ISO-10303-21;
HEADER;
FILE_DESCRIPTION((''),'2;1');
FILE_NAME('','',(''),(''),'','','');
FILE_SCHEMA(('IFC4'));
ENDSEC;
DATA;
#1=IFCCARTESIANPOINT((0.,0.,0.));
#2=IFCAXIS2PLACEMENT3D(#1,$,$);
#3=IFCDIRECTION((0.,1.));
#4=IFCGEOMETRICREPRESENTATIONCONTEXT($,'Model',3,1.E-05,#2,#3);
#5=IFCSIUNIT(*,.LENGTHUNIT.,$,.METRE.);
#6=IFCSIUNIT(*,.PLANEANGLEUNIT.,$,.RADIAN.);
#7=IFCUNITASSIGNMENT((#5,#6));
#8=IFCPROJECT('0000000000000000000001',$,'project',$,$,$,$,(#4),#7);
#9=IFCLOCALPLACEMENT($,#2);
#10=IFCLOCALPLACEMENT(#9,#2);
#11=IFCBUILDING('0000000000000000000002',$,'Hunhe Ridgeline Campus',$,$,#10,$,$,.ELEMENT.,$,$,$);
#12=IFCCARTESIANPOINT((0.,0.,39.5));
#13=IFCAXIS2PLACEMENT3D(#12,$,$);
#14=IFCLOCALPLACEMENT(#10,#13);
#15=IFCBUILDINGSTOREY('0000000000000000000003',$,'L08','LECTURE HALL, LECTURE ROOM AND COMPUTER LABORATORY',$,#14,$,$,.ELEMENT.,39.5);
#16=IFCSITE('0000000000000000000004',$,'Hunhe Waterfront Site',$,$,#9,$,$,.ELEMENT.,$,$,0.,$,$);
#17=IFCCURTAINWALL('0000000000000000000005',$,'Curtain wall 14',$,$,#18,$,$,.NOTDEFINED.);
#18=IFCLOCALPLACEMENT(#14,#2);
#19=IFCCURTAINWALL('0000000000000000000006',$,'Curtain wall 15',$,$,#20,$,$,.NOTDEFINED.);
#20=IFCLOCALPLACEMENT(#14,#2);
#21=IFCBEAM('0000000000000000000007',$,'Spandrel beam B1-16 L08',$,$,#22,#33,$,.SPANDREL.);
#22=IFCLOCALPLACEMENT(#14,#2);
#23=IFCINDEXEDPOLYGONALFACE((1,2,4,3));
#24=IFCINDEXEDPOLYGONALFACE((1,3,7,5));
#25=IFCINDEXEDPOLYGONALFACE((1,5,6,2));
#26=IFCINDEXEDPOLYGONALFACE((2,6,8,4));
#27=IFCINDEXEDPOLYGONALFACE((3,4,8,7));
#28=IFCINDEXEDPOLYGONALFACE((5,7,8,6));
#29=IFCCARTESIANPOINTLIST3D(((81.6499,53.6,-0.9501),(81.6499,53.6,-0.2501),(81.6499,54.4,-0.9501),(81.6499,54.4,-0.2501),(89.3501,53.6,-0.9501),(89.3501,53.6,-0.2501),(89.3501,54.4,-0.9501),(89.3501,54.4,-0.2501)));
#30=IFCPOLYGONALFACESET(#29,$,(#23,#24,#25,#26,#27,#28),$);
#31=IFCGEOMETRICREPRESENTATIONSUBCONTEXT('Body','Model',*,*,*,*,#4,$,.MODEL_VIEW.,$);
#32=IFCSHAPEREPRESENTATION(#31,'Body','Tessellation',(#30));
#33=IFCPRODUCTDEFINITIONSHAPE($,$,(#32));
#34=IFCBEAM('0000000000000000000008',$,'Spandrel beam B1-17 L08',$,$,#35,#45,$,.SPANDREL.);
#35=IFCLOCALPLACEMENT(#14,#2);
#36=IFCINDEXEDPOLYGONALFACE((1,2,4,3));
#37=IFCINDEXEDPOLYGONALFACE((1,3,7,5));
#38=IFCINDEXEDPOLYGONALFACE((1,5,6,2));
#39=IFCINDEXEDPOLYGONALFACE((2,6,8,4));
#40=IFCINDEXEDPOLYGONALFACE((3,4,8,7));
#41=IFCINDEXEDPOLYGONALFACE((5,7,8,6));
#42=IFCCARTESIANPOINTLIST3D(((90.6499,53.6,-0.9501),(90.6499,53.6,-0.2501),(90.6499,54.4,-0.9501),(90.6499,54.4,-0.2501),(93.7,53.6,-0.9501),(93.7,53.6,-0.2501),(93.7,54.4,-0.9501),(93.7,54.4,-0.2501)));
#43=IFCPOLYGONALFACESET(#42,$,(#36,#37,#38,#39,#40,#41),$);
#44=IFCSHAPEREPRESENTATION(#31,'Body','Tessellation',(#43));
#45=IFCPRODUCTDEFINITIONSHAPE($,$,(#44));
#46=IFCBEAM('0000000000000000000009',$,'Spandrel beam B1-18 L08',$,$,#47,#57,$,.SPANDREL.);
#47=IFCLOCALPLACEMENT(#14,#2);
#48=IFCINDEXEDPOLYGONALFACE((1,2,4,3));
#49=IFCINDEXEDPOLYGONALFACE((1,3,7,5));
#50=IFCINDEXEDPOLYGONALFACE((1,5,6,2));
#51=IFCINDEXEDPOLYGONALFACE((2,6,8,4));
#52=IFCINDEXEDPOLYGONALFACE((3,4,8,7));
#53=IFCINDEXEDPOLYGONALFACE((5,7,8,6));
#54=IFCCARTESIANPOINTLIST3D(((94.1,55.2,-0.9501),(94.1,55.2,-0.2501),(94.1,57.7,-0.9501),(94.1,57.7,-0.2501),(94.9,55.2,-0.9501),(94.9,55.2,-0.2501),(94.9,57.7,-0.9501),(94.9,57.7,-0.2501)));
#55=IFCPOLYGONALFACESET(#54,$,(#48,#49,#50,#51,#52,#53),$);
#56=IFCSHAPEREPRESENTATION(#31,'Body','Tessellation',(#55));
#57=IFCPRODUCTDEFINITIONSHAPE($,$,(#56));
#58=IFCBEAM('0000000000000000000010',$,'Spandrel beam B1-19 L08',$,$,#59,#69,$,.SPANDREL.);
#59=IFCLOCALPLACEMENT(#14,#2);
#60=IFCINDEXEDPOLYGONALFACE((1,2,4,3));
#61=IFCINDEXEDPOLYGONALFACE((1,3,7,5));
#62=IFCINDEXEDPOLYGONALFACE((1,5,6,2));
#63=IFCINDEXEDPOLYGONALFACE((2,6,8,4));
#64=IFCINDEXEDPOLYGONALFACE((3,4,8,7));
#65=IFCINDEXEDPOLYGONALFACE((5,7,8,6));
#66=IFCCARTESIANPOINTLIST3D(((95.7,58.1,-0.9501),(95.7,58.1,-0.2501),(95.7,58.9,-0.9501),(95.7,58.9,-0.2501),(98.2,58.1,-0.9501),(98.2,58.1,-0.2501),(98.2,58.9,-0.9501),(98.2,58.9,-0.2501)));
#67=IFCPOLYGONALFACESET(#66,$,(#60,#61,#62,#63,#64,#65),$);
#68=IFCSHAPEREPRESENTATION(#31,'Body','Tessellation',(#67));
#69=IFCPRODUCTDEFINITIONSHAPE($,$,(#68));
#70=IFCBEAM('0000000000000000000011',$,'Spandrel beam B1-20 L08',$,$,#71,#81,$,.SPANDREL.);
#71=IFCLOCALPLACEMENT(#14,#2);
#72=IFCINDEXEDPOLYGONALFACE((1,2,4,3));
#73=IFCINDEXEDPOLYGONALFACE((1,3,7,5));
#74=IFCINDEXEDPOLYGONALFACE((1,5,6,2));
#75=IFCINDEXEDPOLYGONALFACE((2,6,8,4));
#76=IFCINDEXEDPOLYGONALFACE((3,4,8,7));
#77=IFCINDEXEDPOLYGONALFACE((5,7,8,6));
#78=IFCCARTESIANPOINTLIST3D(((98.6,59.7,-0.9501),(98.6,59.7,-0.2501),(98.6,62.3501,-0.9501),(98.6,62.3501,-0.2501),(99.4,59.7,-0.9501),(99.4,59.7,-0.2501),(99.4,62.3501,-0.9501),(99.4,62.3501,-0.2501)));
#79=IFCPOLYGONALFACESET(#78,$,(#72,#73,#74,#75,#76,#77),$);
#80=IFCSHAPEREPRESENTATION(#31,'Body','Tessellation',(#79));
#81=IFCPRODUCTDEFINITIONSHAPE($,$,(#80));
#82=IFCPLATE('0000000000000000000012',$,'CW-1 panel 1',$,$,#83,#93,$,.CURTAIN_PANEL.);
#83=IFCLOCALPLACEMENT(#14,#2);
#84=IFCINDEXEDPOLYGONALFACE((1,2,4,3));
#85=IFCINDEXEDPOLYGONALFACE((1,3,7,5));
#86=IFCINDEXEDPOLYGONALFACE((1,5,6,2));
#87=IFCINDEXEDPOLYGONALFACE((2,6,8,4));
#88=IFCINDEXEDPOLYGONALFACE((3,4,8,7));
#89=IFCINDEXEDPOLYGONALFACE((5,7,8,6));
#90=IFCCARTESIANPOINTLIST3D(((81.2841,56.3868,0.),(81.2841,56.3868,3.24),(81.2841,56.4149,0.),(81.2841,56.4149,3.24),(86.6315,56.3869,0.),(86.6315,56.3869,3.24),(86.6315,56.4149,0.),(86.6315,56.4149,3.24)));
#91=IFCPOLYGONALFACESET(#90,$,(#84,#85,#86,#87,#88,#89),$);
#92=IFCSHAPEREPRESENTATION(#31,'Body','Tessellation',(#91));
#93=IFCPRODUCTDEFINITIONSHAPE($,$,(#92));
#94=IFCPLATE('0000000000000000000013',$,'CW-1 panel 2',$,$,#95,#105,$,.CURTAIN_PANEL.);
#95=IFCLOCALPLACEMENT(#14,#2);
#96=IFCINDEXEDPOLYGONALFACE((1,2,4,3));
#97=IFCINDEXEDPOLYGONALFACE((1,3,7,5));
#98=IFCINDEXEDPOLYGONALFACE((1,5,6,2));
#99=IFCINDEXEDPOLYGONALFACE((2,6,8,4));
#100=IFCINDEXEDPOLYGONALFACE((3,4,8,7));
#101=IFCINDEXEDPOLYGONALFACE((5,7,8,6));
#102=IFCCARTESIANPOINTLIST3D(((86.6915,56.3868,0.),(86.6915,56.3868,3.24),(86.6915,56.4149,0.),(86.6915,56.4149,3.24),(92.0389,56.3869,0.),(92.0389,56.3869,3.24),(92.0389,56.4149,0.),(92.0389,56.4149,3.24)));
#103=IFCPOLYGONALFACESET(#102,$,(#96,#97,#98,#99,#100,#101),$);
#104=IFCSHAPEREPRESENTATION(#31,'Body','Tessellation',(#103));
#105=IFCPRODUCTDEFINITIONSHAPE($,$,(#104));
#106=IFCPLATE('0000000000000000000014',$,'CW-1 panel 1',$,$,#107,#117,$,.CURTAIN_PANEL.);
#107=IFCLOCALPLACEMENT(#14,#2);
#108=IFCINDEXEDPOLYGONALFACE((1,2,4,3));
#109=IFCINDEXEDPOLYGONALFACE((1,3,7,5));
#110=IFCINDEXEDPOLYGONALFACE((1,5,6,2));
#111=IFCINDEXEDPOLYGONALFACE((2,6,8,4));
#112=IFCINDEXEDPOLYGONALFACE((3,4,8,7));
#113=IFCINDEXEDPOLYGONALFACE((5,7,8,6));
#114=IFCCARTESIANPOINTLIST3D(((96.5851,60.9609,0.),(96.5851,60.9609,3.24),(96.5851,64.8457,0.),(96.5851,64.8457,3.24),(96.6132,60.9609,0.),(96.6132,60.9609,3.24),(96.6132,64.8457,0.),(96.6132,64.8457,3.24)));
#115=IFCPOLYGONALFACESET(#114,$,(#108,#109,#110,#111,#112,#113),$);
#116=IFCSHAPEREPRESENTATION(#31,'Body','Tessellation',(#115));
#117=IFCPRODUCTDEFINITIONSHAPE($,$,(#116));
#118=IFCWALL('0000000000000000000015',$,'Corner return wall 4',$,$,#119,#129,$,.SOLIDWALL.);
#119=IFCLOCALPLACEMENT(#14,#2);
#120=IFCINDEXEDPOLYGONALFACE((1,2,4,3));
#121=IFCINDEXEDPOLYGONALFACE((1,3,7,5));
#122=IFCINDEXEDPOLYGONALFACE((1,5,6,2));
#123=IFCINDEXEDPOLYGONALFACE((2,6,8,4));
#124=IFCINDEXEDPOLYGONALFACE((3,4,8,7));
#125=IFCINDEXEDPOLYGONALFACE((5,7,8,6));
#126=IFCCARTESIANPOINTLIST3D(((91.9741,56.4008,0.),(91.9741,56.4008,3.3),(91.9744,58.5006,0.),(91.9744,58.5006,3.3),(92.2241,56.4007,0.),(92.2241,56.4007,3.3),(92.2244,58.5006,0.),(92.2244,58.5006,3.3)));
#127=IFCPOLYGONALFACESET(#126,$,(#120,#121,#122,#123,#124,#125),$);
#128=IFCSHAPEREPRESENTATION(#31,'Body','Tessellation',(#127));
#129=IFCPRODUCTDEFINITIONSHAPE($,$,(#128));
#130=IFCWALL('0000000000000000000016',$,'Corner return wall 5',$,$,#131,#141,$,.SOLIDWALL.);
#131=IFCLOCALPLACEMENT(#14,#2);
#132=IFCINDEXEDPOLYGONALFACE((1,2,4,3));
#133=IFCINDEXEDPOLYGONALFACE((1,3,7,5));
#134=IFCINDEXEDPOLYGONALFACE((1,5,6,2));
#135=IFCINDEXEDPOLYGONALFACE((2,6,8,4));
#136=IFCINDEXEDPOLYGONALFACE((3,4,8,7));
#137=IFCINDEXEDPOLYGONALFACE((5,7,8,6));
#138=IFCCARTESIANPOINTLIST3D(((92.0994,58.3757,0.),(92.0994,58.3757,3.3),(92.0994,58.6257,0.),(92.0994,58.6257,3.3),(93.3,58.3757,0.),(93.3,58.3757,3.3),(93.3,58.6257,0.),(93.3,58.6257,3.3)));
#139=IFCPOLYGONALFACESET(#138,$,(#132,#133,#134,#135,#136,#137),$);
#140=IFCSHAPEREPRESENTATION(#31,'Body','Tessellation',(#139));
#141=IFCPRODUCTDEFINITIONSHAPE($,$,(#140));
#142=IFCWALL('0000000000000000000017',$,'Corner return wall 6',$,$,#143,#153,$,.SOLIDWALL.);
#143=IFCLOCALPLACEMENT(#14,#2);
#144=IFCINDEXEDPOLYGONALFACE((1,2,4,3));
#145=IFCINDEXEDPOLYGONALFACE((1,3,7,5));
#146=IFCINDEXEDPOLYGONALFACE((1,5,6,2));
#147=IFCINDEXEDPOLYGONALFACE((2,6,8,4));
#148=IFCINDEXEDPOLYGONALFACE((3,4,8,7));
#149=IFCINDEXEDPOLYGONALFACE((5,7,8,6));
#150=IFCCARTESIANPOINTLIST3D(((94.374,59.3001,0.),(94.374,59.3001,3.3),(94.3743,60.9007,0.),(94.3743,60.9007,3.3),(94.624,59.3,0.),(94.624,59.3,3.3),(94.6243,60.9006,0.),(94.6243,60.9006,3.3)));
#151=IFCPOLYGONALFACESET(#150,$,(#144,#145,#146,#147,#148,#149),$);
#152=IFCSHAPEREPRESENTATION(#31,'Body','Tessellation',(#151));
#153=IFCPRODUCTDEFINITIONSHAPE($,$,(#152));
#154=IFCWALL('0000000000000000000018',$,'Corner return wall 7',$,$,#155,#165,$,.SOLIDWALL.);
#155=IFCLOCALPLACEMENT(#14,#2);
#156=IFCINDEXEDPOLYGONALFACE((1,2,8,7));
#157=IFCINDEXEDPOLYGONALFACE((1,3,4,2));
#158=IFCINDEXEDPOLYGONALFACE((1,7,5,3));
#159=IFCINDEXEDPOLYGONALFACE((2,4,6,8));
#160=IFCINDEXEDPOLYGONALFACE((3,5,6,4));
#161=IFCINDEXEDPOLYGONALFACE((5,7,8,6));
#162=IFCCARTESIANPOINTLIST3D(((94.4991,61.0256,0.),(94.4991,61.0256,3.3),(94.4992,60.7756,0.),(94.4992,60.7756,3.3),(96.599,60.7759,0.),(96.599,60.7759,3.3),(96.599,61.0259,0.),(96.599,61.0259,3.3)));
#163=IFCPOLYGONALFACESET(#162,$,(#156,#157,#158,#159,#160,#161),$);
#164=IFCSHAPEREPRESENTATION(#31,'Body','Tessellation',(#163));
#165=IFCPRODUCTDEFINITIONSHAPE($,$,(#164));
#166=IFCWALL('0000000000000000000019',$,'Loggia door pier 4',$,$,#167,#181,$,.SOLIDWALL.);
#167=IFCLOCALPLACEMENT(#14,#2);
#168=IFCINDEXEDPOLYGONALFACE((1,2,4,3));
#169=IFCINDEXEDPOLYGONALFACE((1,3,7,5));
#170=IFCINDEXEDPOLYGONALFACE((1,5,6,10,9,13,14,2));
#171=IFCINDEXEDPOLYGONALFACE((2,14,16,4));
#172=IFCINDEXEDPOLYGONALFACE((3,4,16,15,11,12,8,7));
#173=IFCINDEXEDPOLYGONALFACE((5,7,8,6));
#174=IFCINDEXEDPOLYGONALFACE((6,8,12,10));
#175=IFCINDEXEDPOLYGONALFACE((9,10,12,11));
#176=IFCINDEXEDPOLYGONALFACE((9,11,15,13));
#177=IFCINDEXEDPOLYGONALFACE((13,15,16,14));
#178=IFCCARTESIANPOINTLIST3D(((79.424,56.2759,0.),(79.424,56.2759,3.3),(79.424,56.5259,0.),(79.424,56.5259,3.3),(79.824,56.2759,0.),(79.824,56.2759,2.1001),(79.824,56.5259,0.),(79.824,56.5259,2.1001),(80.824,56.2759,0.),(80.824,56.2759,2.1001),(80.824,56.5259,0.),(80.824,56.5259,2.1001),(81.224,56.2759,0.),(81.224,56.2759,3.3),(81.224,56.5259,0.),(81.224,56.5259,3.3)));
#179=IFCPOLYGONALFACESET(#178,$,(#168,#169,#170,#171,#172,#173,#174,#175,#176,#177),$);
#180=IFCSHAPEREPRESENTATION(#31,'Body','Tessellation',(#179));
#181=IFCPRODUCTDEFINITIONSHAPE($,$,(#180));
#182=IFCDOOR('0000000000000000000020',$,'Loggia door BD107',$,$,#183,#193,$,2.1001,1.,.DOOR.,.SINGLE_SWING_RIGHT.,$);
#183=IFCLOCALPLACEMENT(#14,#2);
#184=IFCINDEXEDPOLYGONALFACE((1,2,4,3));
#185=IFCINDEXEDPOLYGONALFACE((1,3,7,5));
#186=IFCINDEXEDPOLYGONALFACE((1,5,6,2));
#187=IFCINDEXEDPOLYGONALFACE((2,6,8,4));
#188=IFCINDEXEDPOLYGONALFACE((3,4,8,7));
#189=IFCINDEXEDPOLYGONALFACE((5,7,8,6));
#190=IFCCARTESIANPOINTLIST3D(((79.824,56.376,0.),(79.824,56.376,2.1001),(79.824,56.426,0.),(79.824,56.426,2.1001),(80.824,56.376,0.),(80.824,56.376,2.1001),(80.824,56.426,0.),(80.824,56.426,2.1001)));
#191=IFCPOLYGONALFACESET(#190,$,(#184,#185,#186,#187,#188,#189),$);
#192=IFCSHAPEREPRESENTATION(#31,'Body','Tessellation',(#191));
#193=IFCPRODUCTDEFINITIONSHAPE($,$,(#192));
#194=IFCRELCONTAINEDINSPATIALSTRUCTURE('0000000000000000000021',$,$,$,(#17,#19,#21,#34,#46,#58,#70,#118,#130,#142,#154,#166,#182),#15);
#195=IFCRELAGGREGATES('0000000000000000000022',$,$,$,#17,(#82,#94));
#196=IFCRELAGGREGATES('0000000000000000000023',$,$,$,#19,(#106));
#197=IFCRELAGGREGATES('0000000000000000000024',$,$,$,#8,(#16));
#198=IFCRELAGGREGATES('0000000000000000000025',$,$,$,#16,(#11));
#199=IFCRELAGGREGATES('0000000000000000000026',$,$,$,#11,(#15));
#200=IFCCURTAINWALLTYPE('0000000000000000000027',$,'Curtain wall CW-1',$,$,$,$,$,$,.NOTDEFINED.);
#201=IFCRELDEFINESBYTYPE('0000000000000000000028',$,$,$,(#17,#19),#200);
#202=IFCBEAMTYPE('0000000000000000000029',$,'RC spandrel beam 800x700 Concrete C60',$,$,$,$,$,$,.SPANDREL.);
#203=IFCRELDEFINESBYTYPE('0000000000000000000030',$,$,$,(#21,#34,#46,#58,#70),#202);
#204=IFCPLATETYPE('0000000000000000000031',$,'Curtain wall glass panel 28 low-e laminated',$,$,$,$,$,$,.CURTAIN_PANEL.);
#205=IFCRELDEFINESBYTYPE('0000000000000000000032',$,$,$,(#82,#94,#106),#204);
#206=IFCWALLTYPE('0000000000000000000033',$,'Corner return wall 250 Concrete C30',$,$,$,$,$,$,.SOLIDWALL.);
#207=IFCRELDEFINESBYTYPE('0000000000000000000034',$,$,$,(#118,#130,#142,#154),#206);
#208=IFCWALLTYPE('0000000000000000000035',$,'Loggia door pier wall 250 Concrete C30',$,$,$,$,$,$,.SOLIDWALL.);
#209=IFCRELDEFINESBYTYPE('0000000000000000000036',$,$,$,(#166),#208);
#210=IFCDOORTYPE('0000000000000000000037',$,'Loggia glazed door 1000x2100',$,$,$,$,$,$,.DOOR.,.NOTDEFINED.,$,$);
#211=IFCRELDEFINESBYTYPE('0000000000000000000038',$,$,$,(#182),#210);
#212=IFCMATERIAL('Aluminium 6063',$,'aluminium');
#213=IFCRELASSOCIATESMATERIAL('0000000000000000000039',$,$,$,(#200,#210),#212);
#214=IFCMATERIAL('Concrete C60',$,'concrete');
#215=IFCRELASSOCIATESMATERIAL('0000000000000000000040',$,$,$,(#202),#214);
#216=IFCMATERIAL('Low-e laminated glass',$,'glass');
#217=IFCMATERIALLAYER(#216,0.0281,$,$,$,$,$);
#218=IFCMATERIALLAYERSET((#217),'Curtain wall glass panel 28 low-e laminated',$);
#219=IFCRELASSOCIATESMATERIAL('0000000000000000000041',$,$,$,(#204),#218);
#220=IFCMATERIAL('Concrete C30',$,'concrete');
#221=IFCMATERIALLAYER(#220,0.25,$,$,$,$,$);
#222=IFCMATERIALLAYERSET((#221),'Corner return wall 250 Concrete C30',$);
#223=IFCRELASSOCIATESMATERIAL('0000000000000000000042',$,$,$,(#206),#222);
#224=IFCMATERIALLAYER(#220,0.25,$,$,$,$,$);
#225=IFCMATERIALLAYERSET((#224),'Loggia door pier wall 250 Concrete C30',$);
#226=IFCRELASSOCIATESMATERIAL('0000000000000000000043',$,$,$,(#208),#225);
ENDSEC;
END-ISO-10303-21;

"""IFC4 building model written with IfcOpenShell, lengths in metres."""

from ifc_helpers import new_model, si_unit, direction, frame, frame_2d, origin, origin_2d, place, context, subcontext, project, spatial, rectangle, extrude, material, layer, layer_set, material_profile, profile_set, type_object, element, fill, aggregate, save


model = new_model("IFC4")

# Units and contexts
model_context = context("Model", 3, precision=1e-05, world=origin(), true_north=direction((0.0, 1.0)))
body_context = subcontext(model_context, "Body", "Model", "MODEL_VIEW")
ifc_project = project(units=[si_unit("LENGTHUNIT", "METRE"), si_unit("PLANEANGLEUNIT", "RADIAN")], contexts=[model_context])

# Site, building, storey
site_placement = place(None, origin())
site = spatial("IfcSite", under=ifc_project, at=site_placement, Name="Hunhe Waterfront Site", CompositionType="ELEMENT", RefElevation=0.0)
building_placement = place(site_placement, origin())
building = spatial("IfcBuilding", under=site, at=building_placement, Name="Hunhe Ridgeline Campus", CompositionType="ELEMENT")
storey_placement = place(building_placement, frame((0.0, 0.0, 39.5)))
storey = spatial("IfcBuildingStorey", under=building, at=storey_placement, Name="L08", Description="LECTURE HALL, LECTURE ROOM AND COMPUTER LABORATORY", CompositionType="ELEMENT", Elevation=39.5)

# Shared definitions
ifc_material_1 = material(Name="Aluminium 6063", Category="aluminium")
curtain_wall_type = type_object("IfcCurtainWallType", Name="Curtain wall CW-1", PredefinedType="NOTDEFINED", material=ifc_material_1)

# Curtain wall
curtain_wall_1_placement = place(storey_placement, origin())
curtain_wall_1 = element("IfcCurtainWall", 1, at=curtain_wall_1_placement, inside=storey, type_object=curtain_wall_type, Name="Curtain wall 14", PredefinedType="NOTDEFINED")

# Curtain wall
curtain_wall_2_placement = place(storey_placement, origin())
curtain_wall_2 = element("IfcCurtainWall", 2, at=curtain_wall_2_placement, inside=storey, type_object=curtain_wall_type, Name="Curtain wall 15", PredefinedType="NOTDEFINED")

# Beams
ifc_material_2 = material(Name="Concrete C60", Category="concrete")
ifc_material_profile_1 = material_profile(ifc_material_2, rectangle(XDim=0.8, YDim=0.7, at=origin_2d()))
ifc_profile_set_1 = profile_set([ifc_material_profile_1], Name="Concrete C60")
beam_type = type_object("IfcBeamType", Name="RC spandrel beam 800x700 Concrete C60", PredefinedType="SPANDREL", material=ifc_profile_set_1)
beam_1_placement = place(storey_placement, frame((81.6499, 54.0, -0.6001), z_axis=(1.0, 0.0, 0.0), x_axis=(0.0, 1.0, 0.0)))
element("IfcBeam", 3, at=beam_1_placement, inside=storey, type_object=beam_type, Name="Spandrel beam B1-16 L08", PredefinedType="SPANDREL", context=body_context, shape_type="SweptSolid", body=[
    extrude(rectangle(XDim=0.8, YDim=0.7, at=origin_2d()), origin(), (0.0, 0.0, 1.0), 7.7002),
])
beam_2_placement = place(storey_placement, frame((90.6499, 54.0, -0.6001), z_axis=(1.0, 0.0, 0.0), x_axis=(0.0, 1.0, 0.0)))
element("IfcBeam", 4, at=beam_2_placement, inside=storey, type_object=beam_type, Name="Spandrel beam B1-17 L08", PredefinedType="SPANDREL", context=body_context, shape_type="SweptSolid", body=[
    extrude(rectangle(XDim=0.8, YDim=0.7, at=origin_2d()), origin(), (0.0, 0.0, 1.0), 3.05),
])
for number, where, z_axis, x_axis, name in (
    (5, (94.5, 55.2, -0.6001), (0.0, 1.0, 0.0), (-1.0, 0.0, 0.0), "Spandrel beam B1-18 L08"),
    (6, (95.7, 58.5, -0.6001), (1.0, 0.0, 0.0), (0.0, 1.0, 0.0), "Spandrel beam B1-19 L08"),
):
    element("IfcBeam", number, at=place(storey_placement, frame(where, z_axis=z_axis, x_axis=x_axis)), inside=storey, type_object=beam_type, Name=name, PredefinedType="SPANDREL", context=body_context, shape_type="SweptSolid", body=[
        extrude(rectangle(XDim=0.8, YDim=0.7, at=origin_2d()), origin(), (0.0, 0.0, 1.0), 2.5),
    ])
beam_3_placement = place(storey_placement, frame((99.0, 59.7, -0.6001), z_axis=(0.0, 1.0, 0.0), x_axis=(-1.0, 0.0, 0.0)))
element("IfcBeam", 7, at=beam_3_placement, inside=storey, type_object=beam_type, Name="Spandrel beam B1-20 L08", PredefinedType="SPANDREL", context=body_context, shape_type="SweptSolid", body=[
    extrude(rectangle(XDim=0.8, YDim=0.7, at=origin_2d()), origin(), (0.0, 0.0, 1.0), 2.6501),
])

# Plates
ifc_material_3 = material(Name="Low-e laminated glass", Category="glass")
ifc_layer_1 = layer(ifc_material_3, 0.0281)
ifc_layer_set_1 = layer_set([ifc_layer_1], Name="Curtain wall glass panel 28 low-e laminated")
plate_type = type_object("IfcPlateType", Name="Curtain wall glass panel 28 low-e laminated", PredefinedType="CURTAIN_PANEL", material=ifc_layer_set_1)
plate_1_placement = place(storey_placement, frame((83.9578, 56.4009, 0.0), z_axis=(0.0, 0.0, 1.0), x_axis=(1.0, 0.000004, 0.0)))
plate_1 = element("IfcPlate", 8, at=plate_1_placement, type_object=plate_type, Name="CW-1 panel 1", PredefinedType="CURTAIN_PANEL", context=body_context, shape_type="SweptSolid", body=[
    extrude(rectangle(XDim=5.3474, YDim=0.0281, at=origin_2d()), origin(), (0.0, 0.0, 1.0), 3.24),
])
plate_2_placement = place(storey_placement, frame((89.3652, 56.4009, 0.0), z_axis=(0.0, 0.0, 1.0), x_axis=(1.0, 0.000004, 0.0)))
plate_2 = element("IfcPlate", 9, at=plate_2_placement, type_object=plate_type, Name="CW-1 panel 2", PredefinedType="CURTAIN_PANEL", context=body_context, shape_type="SweptSolid", body=[
    extrude(rectangle(XDim=5.3474, YDim=0.0281, at=origin_2d()), origin(), (0.0, 0.0, 1.0), 3.24),
])
aggregate(curtain_wall_1, [plate_1, plate_2])
plate_3_placement = place(storey_placement, frame((96.5991, 62.9033, 0.0), z_axis=(0.0, 0.0, 1.0), x_axis=(0.0, 1.0, 0.0)))
plate_3 = element("IfcPlate", 10, at=plate_3_placement, type_object=plate_type, Name="CW-1 panel 1", PredefinedType="CURTAIN_PANEL", context=body_context, shape_type="SweptSolid", body=[
    extrude(rectangle(XDim=3.8848, YDim=0.0281, at=origin_2d()), origin(), (0.0, 0.0, 1.0), 3.24),
])
aggregate(curtain_wall_2, [plate_3])

# Walls
ifc_material_4 = material(Name="Concrete C30", Category="concrete")
ifc_layer_2 = layer(ifc_material_4, 0.25)
ifc_layer_set_2 = layer_set([ifc_layer_2], Name="Corner return wall 250 Concrete C30")
wall_type_1 = type_object("IfcWallType", Name="Corner return wall 250 Concrete C30", PredefinedType="SOLIDWALL", material=ifc_layer_set_2)
wall_1_placement = place(storey_placement, frame((92.0991, 56.4009, 0.0), z_axis=(0.0, 0.0, 1.0), x_axis=(0.000116, 1.0, 0.0)))
element("IfcWall", 11, at=wall_1_placement, inside=storey, type_object=wall_type_1, Name="Corner return wall 4", PredefinedType="SOLIDWALL", context=body_context, shape_type="SweptSolid", body=[
    extrude(rectangle(XDim=2.0999, YDim=0.25, at=frame_2d((1.0498, 0.0))), origin(), (0.0, 0.0, 1.0), 3.3),
])
wall_2_placement = place(storey_placement, frame((92.0994, 58.5007, 0.0), z_axis=(0.0, 0.0, 1.0), x_axis=(1.0, 0.0, 0.0)))
element("IfcWall", 12, at=wall_2_placement, inside=storey, type_object=wall_type_1, Name="Corner return wall 5", PredefinedType="SOLIDWALL", context=body_context, shape_type="SweptSolid", body=[
    extrude(rectangle(XDim=1.2007, YDim=0.25, at=frame_2d((0.6003, 0.0))), origin(), (0.0, 0.0, 1.0), 3.3),
])
wall_3_placement = place(storey_placement, frame((94.499, 59.3, 0.0), z_axis=(0.0, 0.0, 1.0), x_axis=(0.000153, 1.0, 0.0)))
element("IfcWall", 13, at=wall_3_placement, inside=storey, type_object=wall_type_1, Name="Corner return wall 6", PredefinedType="SOLIDWALL", context=body_context, shape_type="SweptSolid", body=[
    extrude(rectangle(XDim=1.6006, YDim=0.25, at=frame_2d((0.8003, 0.0))), origin(), (0.0, 0.0, 1.0), 3.3),
])
wall_4_placement = place(storey_placement, frame((94.4993, 60.9006, 0.0), z_axis=(0.0, 0.0, 1.0), x_axis=(1.0, 0.000116, 0.0)))
element("IfcWall", 14, at=wall_4_placement, inside=storey, type_object=wall_type_1, Name="Corner return wall 7", PredefinedType="SOLIDWALL", context=body_context, shape_type="SweptSolid", body=[
    extrude(rectangle(XDim=2.0999, YDim=0.25, at=frame_2d((1.0498, 0.0))), origin(), (0.0, 0.0, 1.0), 3.3),
])

# Wall, opening, door
ifc_layer_3 = layer(ifc_material_4, 0.25)
ifc_layer_set_3 = layer_set([ifc_layer_3], Name="Loggia door pier wall 250 Concrete C30")
wall_type_2 = type_object("IfcWallType", Name="Loggia door pier wall 250 Concrete C30", PredefinedType="SOLIDWALL", material=ifc_layer_set_3)
wall_5_placement = place(storey_placement, frame((79.4241, 56.4009, 0.0), z_axis=(0.0, 0.0, 1.0), x_axis=(1.0, 0.0, 0.0)))
wall_5 = element("IfcWall", 15, at=wall_5_placement, inside=storey, type_object=wall_type_2, Name="Loggia door pier 4", PredefinedType="SOLIDWALL", context=body_context, shape_type="SweptSolid", body=[
    extrude(rectangle(XDim=1.8, YDim=0.25, at=frame_2d((0.8999, 0.0))), origin(), (0.0, 0.0, 1.0), 3.3),
])
opening_placement = place(wall_5_placement, frame((0.3999, 0.0, 0.0)))
opening = element("IfcOpeningElement", 16, at=opening_placement, cuts=wall_5, PredefinedType="OPENING", context=body_context, shape_type="SweptSolid", body=[
    extrude(rectangle(XDim=1.0, YDim=2.1001, at=frame_2d((0.5, 1.05))), frame((0.0, 0.125, 0.0), z_axis=(0.0, -1.0, 0.0), x_axis=(1.0, 0.0, 0.0)), (0.0, 0.0, 1.0), 0.25),
])
door_type = type_object("IfcDoorType", Name="Loggia glazed door 1000x2100", OperationType="NOTDEFINED", PredefinedType="DOOR", material=ifc_material_1)
door_placement = place(opening_placement, frame((1.0, 0.0, 0.0), z_axis=(0.0, 0.0, 1.0), x_axis=(-1.0, 0.0, 0.0)))
door = element("IfcDoor", 17, at=door_placement, inside=storey, type_object=door_type, Name="Loggia door BD107", OperationType="SINGLE_SWING_RIGHT", OverallHeight=2.1001, OverallWidth=1.0, PredefinedType="DOOR", context=body_context, shape_type="SweptSolid", body=[
    extrude(rectangle(XDim=1.0, YDim=2.1001, at=frame_2d((0.5, 1.05))), frame((0.0, 0.0249, 0.0), z_axis=(0.0, -1.0, 0.0), x_axis=(1.0, 0.0, 0.0)), (0.0, 0.0, 1.0), 0.05),
])
fill(opening, door)

save(model, "model.ifc")
